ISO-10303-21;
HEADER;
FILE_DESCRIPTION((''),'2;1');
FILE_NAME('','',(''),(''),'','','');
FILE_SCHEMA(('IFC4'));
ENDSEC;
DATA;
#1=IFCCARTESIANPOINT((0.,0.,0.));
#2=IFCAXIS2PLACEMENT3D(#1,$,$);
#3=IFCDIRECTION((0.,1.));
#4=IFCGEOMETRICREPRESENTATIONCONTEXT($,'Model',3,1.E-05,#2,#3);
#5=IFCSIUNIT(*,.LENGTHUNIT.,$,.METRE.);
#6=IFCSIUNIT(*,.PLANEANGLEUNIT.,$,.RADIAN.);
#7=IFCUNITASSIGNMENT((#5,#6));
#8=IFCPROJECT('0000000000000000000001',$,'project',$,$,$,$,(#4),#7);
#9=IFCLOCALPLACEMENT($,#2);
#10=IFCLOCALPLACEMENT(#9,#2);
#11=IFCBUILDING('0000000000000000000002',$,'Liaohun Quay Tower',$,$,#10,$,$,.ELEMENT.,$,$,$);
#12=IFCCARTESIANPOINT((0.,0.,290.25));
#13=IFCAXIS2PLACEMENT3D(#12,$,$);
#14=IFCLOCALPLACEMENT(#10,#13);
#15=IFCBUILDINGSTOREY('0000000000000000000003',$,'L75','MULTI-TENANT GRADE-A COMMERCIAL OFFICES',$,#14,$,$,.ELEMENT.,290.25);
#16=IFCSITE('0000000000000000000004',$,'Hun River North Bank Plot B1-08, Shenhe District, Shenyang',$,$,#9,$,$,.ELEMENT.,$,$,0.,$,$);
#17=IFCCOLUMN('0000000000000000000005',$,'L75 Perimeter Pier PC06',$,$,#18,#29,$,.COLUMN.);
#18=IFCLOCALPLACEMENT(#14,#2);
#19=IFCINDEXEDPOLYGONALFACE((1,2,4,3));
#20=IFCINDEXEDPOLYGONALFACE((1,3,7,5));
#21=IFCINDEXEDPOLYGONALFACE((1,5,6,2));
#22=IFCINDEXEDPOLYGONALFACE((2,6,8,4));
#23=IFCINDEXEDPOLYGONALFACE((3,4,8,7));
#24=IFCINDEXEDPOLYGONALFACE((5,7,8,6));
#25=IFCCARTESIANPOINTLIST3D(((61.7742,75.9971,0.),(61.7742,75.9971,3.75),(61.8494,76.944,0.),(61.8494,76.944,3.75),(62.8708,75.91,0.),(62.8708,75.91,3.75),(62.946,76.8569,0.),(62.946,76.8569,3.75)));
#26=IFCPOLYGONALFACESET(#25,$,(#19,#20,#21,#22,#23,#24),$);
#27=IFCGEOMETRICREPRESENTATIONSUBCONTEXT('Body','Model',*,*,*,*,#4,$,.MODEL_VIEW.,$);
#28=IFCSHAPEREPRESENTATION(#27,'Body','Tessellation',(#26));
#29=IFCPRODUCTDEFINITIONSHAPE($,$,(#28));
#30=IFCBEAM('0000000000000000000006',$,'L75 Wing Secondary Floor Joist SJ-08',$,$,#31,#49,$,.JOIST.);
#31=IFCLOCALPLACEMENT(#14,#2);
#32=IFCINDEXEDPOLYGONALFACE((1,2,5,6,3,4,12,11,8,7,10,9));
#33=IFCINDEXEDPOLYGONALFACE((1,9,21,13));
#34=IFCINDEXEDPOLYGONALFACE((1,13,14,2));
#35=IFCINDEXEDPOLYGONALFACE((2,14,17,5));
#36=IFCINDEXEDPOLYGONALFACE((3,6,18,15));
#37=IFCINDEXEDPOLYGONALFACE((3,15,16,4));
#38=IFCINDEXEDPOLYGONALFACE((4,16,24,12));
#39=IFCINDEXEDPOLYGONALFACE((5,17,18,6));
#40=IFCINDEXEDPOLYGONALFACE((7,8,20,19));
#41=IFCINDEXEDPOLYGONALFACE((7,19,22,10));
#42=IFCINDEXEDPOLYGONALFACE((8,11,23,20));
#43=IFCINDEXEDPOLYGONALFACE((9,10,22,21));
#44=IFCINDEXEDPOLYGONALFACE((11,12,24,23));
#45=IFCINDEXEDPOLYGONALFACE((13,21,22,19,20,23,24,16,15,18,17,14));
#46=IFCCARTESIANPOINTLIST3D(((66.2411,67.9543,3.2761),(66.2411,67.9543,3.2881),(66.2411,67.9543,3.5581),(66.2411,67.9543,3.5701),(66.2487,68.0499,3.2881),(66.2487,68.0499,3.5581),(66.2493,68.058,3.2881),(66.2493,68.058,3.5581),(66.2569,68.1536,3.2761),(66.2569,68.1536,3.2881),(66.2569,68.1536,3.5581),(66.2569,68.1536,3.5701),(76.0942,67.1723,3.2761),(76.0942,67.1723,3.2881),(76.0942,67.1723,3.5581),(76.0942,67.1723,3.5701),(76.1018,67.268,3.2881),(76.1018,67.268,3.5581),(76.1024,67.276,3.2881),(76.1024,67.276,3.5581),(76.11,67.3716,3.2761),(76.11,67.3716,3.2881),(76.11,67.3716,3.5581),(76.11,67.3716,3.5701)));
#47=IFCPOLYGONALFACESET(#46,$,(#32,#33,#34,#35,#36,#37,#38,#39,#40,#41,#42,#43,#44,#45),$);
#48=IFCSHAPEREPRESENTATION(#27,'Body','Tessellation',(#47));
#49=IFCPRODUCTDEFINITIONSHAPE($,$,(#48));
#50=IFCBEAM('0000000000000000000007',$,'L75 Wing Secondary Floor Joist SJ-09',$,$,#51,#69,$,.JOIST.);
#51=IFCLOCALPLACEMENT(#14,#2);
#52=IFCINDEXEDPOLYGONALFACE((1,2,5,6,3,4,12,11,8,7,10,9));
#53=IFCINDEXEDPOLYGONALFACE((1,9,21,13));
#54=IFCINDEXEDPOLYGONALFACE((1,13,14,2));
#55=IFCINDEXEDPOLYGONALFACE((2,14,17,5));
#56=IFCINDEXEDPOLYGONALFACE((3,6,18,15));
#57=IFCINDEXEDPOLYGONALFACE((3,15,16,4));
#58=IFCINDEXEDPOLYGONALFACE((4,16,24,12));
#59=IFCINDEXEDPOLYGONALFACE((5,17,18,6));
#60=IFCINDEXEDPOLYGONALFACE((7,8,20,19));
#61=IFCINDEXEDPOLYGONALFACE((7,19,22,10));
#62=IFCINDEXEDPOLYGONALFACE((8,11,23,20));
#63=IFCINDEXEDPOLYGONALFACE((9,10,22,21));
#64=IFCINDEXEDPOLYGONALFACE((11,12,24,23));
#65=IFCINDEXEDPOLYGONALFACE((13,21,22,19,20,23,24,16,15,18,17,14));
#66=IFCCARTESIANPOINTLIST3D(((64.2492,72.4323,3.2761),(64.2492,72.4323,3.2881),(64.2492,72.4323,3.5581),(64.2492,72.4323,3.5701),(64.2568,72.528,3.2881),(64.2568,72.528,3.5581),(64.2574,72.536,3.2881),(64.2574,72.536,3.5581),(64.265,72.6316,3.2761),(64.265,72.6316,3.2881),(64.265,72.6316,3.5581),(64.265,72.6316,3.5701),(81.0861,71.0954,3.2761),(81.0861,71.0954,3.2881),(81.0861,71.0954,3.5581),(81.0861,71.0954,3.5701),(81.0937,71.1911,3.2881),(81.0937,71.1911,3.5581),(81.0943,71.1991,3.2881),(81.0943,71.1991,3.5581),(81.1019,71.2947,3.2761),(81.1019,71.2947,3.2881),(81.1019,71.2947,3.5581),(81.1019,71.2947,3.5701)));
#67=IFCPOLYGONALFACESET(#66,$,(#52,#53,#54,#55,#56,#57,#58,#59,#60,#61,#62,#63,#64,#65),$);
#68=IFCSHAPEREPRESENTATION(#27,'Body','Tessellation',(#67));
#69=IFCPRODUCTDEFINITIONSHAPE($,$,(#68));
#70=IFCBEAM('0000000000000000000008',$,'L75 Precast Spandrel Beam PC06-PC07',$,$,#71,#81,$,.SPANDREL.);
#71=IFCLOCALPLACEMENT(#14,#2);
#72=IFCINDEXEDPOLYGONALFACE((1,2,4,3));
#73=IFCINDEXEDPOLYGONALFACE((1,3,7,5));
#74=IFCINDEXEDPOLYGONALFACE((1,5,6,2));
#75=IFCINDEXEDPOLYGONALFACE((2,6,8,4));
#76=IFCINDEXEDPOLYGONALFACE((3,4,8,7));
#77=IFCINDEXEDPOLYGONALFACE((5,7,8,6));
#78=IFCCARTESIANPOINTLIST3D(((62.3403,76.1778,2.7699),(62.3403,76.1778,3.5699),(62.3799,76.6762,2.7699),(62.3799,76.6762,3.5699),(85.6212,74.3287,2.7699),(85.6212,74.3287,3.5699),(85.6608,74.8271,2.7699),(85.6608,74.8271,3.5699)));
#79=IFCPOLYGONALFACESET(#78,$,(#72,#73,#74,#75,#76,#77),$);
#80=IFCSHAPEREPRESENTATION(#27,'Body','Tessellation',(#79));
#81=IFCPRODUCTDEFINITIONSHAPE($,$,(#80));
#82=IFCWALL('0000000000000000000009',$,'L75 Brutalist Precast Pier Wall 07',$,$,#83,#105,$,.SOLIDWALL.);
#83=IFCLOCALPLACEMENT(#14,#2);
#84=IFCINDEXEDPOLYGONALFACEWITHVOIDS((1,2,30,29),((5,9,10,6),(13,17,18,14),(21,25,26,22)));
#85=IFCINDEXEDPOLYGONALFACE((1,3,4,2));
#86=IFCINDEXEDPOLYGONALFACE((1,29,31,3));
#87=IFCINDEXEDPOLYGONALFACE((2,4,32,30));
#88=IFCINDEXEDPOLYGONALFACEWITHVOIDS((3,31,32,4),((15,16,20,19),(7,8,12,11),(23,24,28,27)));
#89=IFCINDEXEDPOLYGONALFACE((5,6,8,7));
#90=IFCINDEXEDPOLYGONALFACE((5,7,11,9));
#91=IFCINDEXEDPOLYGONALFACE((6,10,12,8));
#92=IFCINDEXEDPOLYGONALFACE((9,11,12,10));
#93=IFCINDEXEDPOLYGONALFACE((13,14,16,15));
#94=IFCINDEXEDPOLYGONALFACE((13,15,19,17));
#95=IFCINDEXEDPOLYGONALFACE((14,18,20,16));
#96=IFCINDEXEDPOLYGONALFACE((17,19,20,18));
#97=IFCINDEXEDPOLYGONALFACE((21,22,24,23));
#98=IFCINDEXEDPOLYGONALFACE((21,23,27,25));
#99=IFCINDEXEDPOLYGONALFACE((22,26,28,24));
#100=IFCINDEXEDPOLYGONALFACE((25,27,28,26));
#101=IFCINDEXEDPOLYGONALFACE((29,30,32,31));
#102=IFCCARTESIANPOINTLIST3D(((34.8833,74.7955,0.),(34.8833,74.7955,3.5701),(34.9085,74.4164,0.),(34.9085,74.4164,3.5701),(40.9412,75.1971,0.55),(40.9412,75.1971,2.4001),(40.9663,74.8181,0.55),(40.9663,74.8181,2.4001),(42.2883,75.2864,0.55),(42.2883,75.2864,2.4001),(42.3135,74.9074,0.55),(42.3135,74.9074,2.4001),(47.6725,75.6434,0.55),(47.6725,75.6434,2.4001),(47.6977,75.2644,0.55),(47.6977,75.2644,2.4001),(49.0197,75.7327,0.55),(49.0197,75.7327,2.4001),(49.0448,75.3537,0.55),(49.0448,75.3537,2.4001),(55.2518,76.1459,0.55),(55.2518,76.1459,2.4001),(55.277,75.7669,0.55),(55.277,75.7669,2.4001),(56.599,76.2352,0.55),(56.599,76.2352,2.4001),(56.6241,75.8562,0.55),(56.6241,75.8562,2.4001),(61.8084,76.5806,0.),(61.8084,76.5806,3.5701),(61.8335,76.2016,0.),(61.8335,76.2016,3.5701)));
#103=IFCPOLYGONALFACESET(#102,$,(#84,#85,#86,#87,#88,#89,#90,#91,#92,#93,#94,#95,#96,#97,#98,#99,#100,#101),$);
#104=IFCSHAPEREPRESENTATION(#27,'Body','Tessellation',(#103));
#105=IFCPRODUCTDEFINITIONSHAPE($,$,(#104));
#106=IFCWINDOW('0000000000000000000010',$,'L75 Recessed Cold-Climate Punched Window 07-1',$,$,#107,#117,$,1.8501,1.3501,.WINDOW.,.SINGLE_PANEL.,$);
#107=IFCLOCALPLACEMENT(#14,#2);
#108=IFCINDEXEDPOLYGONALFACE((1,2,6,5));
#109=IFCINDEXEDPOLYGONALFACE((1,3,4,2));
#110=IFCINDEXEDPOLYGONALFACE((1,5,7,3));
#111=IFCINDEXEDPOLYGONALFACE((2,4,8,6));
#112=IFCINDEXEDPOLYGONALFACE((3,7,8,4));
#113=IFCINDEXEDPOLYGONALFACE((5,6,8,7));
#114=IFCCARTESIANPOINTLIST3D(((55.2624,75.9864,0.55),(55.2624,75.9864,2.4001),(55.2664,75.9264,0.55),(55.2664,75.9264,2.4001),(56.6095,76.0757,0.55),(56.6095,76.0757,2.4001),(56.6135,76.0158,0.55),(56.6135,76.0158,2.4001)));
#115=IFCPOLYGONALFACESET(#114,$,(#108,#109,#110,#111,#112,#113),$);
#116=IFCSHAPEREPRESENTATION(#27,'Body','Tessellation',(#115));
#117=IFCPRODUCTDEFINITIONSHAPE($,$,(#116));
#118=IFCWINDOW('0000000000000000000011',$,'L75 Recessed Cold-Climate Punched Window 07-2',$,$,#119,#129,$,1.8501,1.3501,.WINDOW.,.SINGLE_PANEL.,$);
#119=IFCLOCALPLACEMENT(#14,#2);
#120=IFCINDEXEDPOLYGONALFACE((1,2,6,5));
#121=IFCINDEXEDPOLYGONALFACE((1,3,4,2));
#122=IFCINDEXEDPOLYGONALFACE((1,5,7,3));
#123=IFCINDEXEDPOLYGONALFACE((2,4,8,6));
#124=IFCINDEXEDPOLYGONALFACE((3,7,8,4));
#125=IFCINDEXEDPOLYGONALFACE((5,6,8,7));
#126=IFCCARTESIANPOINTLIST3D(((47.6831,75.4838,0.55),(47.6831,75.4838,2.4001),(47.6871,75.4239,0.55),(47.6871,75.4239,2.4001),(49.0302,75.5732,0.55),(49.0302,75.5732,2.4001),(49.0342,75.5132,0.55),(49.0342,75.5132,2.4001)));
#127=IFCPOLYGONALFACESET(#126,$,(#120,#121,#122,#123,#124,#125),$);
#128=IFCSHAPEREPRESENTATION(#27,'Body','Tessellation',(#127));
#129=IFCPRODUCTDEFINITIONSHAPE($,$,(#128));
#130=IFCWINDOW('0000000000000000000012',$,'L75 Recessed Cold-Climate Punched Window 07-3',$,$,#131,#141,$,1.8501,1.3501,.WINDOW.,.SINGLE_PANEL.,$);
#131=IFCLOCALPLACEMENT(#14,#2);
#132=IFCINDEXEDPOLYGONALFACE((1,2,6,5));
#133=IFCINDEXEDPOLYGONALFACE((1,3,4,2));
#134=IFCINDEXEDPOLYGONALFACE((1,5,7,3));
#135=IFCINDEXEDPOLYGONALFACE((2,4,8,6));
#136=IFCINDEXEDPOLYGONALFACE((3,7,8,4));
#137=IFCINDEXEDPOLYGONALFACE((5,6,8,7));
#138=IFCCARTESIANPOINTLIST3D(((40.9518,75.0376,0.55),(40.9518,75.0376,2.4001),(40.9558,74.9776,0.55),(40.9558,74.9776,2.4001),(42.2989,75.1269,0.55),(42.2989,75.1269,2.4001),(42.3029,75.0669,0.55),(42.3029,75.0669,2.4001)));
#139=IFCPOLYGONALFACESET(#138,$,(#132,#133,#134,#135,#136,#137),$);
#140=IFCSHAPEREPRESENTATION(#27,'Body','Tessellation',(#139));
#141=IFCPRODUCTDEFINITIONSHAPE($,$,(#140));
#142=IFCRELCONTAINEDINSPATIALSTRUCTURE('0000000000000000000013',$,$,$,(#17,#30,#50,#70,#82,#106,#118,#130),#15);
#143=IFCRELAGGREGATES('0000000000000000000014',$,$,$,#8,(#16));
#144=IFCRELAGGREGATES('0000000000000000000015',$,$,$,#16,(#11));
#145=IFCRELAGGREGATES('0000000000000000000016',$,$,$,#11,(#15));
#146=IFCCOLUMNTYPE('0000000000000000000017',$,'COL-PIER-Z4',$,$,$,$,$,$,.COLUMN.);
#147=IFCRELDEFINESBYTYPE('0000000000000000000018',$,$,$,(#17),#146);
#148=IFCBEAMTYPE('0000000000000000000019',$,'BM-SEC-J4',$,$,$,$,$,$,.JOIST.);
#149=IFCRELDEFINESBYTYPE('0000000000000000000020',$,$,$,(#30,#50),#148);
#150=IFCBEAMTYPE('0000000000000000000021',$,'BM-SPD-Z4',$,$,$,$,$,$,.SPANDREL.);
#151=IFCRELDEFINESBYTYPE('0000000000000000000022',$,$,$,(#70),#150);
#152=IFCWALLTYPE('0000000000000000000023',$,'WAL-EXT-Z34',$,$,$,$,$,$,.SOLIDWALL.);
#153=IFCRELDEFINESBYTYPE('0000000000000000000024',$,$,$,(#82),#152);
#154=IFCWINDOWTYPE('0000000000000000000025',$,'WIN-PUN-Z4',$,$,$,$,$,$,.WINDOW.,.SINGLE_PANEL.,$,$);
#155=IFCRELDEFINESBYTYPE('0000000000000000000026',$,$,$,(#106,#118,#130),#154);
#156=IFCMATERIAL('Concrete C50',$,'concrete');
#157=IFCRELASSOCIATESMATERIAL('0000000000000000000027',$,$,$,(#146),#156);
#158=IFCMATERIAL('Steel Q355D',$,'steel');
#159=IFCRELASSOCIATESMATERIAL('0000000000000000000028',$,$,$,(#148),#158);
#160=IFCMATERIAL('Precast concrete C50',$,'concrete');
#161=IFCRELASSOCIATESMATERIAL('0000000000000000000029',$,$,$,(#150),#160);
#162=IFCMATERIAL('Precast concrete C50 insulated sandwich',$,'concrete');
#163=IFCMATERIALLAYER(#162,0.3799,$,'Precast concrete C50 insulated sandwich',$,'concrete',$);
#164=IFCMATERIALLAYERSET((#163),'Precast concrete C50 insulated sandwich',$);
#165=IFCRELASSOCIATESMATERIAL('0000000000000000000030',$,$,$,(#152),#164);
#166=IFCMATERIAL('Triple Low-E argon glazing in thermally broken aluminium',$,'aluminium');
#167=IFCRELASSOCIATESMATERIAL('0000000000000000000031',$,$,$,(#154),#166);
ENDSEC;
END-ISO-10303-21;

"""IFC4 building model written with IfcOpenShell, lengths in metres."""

from ifc_helpers import new_model, si_unit, direction, frame, frame_2d, origin, origin_2d, place, context, subcontext, project, spatial, rectangle, i_section, extrude, source, transform, mapped, material, layer, layer_set, material_profile, profile_set, type_object, element, fill, save


model = new_model("IFC4")

# Units and contexts
model_context = context("Model", 3, precision=1e-05, world=origin(), true_north=direction((0.0, 1.0)))
body_context = subcontext(model_context, "Body", "Model", "MODEL_VIEW")
ifc_project = project(units=[si_unit("LENGTHUNIT", "METRE"), si_unit("PLANEANGLEUNIT", "RADIAN")], contexts=[model_context])

# Site, building, storey
site_placement = place(None, origin())
site = spatial("IfcSite", under=ifc_project, at=site_placement, Name="Hun River North Bank Plot B1-08, Shenhe District, Shenyang", CompositionType="ELEMENT", RefElevation=0.0)
building_placement = place(site_placement, origin())
building = spatial("IfcBuilding", under=site, at=building_placement, Name="Liaohun Quay Tower", CompositionType="ELEMENT")
storey_placement = place(building_placement, frame((0.0, 0.0, 290.25)))
storey = spatial("IfcBuildingStorey", under=building, at=storey_placement, Name="L75", Description="MULTI-TENANT GRADE-A COMMERCIAL OFFICES", CompositionType="ELEMENT", Elevation=290.25)

# Column
ifc_material_1 = material(Name="Concrete C50", Category="concrete")
ifc_material_profile_1 = material_profile(ifc_material_1, rectangle(XDim=1.1001, YDim=0.95, at=origin_2d()), Name="RC1100x950")
ifc_profile_set_1 = profile_set([ifc_material_profile_1], Name="Concrete C50")
column_type = type_object("IfcColumnType", Name="COL-PIER-Z4", PredefinedType="COLUMN", material=ifc_profile_set_1)
shared_shape_1 = source(origin(), body_context, "Body", "SweptSolid", [
    extrude(rectangle(XDim=1.1001, YDim=0.95, at=origin_2d()), origin(), (0.0, 0.0, 1.0), 3.75),
])
column_placement = place(storey_placement, frame((62.3601, 76.427, 0.0), z_axis=(0.0, 0.0, 1.0), x_axis=(-0.996862, 0.079155, 0.0)))
element("IfcColumn", 1, at=column_placement, inside=storey, type_object=column_type, Name="L75 Perimeter Pier PC06", PredefinedType="COLUMN", context=body_context, shape_type="MappedRepresentation", body=[
    mapped(shared_shape_1, transform((0.0, 0.0, 0.0), x_axis=(1.0, 0.0, 0.0), y_axis=(0.0, 1.0, 0.0), z_axis=(0.0, 0.0, 1.0), scale=1.0)),
])

# Beams
ifc_material_2 = material(Name="Steel Q355D", Category="steel")
ifc_material_profile_2 = material_profile(ifc_material_2, i_section(OverallWidth=0.2, OverallDepth=0.2939, WebThickness=0.0081, FlangeThickness=0.012, at=origin_2d()), Name="HM294x200x8x12")
ifc_profile_set_2 = profile_set([ifc_material_profile_2], Name="Steel Q355D")
beam_type_1 = type_object("IfcBeamType", Name="BM-SEC-J4", PredefinedType="JOIST", material=ifc_profile_set_2)
shared_shape_2 = source(origin(), body_context, "Body", "SweptSolid", [
    extrude(i_section(OverallWidth=0.2, OverallDepth=0.2939, WebThickness=0.0081, FlangeThickness=0.012, at=origin_2d()), origin(), (0.0, 0.0, 1.0), 9.884),
])
beam_1_placement = place(storey_placement, frame((66.249, 68.054, 3.4231), z_axis=(0.996865, -0.079116, 0.0), x_axis=(0.079116, 0.996865, 0.0)))
element("IfcBeam", 2, at=beam_1_placement, inside=storey, type_object=beam_type_1, Name="L75 Wing Secondary Floor Joist SJ-08", PredefinedType="JOIST", context=body_context, shape_type="MappedRepresentation", body=[
    mapped(shared_shape_2, transform((0.0, 0.0, 0.0), x_axis=(1.0, 0.0, 0.0), y_axis=(0.0, 1.0, 0.0), z_axis=(0.0, 0.0, 1.0), scale=1.0)),
])
shared_shape_3 = source(origin(), body_context, "Body", "SweptSolid", [
    extrude(i_section(OverallWidth=0.2, OverallDepth=0.2939, WebThickness=0.0081, FlangeThickness=0.012, at=origin_2d()), origin(), (0.0, 0.0, 1.0), 16.8899),
])
beam_2_placement = place(storey_placement, frame((64.2571, 72.532, 3.4231), z_axis=(0.996862, -0.079155, 0.0), x_axis=(0.079155, 0.996862, 0.0)))
element("IfcBeam", 3, at=beam_2_placement, inside=storey, type_object=beam_type_1, Name="L75 Wing Secondary Floor Joist SJ-09", PredefinedType="JOIST", context=body_context, shape_type="MappedRepresentation", body=[
    mapped(shared_shape_3, transform((0.0, 0.0, 0.0), x_axis=(1.0, 0.0, 0.0), y_axis=(0.0, 1.0, 0.0), z_axis=(0.0, 0.0, 1.0), scale=1.0)),
])
ifc_material_3 = material(Name="Precast concrete C50", Category="concrete")
ifc_material_profile_3 = material_profile(ifc_material_3, rectangle(XDim=0.5, YDim=0.8, at=origin_2d()), Name="RC500x800")
ifc_profile_set_3 = profile_set([ifc_material_profile_3], Name="Precast concrete C50")
beam_type_2 = type_object("IfcBeamType", Name="BM-SPD-Z4", PredefinedType="SPANDREL", material=ifc_profile_set_3)
shared_shape_4 = source(origin(), body_context, "Body", "SweptSolid", [
    extrude(rectangle(XDim=0.5, YDim=0.8, at=origin_2d()), origin(), (0.0, 0.0, 1.0), 23.3542),
])
beam_3_placement = place(storey_placement, frame((62.3601, 76.427, 3.1699), z_axis=(0.996861, -0.079177, 0.0), x_axis=(0.079177, 0.996861, 0.0)))
element("IfcBeam", 4, at=beam_3_placement, inside=storey, type_object=beam_type_2, Name="L75 Precast Spandrel Beam PC06-PC07", PredefinedType="SPANDREL", context=body_context, shape_type="MappedRepresentation", body=[
    mapped(shared_shape_4, transform((0.0, 0.0, 0.0), x_axis=(1.0, 0.0, 0.0), y_axis=(0.0, 1.0, 0.0), z_axis=(0.0, 0.0, 1.0), scale=1.0)),
])

# Wall, openings, windows
ifc_material_4 = material(Name="Precast concrete C50 insulated sandwich", Category="concrete")
ifc_layer_1 = layer(ifc_material_4, 0.3799, Name="Precast concrete C50 insulated sandwich", Category="concrete")
ifc_layer_set_1 = layer_set([ifc_layer_1], Name="Precast concrete C50 insulated sandwich")
wall_type_1 = type_object("IfcWallType", Name="WAL-EXT-Z34", PredefinedType="SOLIDWALL", material=ifc_layer_set_1)
wall_1_placement = place(storey_placement, frame((61.821, 76.3911, 0.0), z_axis=(0.0, 0.0, 1.0), x_axis=(-0.997809, -0.066156, 0.0)))
wall_1 = element("IfcWall", 5, at=wall_1_placement, inside=storey, type_object=wall_type_1, Name="L75 Brutalist Precast Pier Wall 07", PredefinedType="SOLIDWALL", context=body_context, shape_type="SweptSolid", body=[
    extrude(rectangle(XDim=26.9841, YDim=0.3799, at=frame_2d((13.4922, 0.0))), origin(), (0.0, 0.0, 1.0), 3.5701),
])
shared_shape_5 = source(origin(), body_context, "Body", "SweptSolid", [
    extrude(rectangle(XDim=1.3501, YDim=1.8501, at=frame_2d((0.675, 0.925))), frame((0.0, 0.2, 0.0), z_axis=(0.0, -1.0, 0.0), x_axis=(1.0, 0.0, 0.0)), (0.0, 0.0, 1.0), 0.3999),
])
opening_1_placement = place(wall_1_placement, frame((5.2209, 0.0, 0.55)))
opening_1 = element("IfcOpeningElement", 6, at=opening_1_placement, cuts=wall_1, PredefinedType="OPENING", context=body_context, shape_type="MappedRepresentation", body=[
    mapped(shared_shape_5, transform((0.0, 0.0, 0.0), x_axis=(1.0, 0.0, 0.0), y_axis=(0.0, 1.0, 0.0), z_axis=(0.0, 0.0, 1.0), scale=1.0)),
])
opening_2_placement = place(wall_1_placement, frame((12.8169, 0.0, 0.55)))
opening_2 = element("IfcOpeningElement", 7, at=opening_2_placement, cuts=wall_1, PredefinedType="OPENING", context=body_context, shape_type="MappedRepresentation", body=[
    mapped(shared_shape_5, transform((0.0, 0.0, 0.0), x_axis=(1.0, 0.0, 0.0), y_axis=(0.0, 1.0, 0.0), z_axis=(0.0, 0.0, 1.0), scale=1.0)),
])
opening_3_placement = place(wall_1_placement, frame((19.563, 0.0, 0.55)))
opening_3 = element("IfcOpeningElement", 8, at=opening_3_placement, cuts=wall_1, PredefinedType="OPENING", context=body_context, shape_type="MappedRepresentation", body=[
    mapped(shared_shape_5, transform((0.0, 0.0, 0.0), x_axis=(1.0, 0.0, 0.0), y_axis=(0.0, 1.0, 0.0), z_axis=(0.0, 0.0, 1.0), scale=1.0)),
])
ifc_material_5 = material(Name="Triple Low-E argon glazing in thermally broken aluminium", Category="aluminium")
window_type = type_object("IfcWindowType", Name="WIN-PUN-Z4", PartitioningType="SINGLE_PANEL", PredefinedType="WINDOW", material=ifc_material_5)
shared_shape_6 = source(origin(), body_context, "Body", "SweptSolid", [
    extrude(rectangle(XDim=1.3501, YDim=1.8501, at=frame_2d((0.675, 0.925))), frame((0.0, 0.03, 0.0), z_axis=(0.0, -1.0, 0.0), x_axis=(1.0, 0.0, 0.0)), (0.0, 0.0, 1.0), 0.0601),
])
window_1_placement = place(opening_1_placement, origin())
window_1 = element("IfcWindow", 9, at=window_1_placement, inside=storey, type_object=window_type, Name="L75 Recessed Cold-Climate Punched Window 07-1", OverallHeight=1.8501, OverallWidth=1.3501, PartitioningType="SINGLE_PANEL", PredefinedType="WINDOW", context=body_context, shape_type="MappedRepresentation", body=[
    mapped(shared_shape_6, transform((0.0, 0.0, 0.0), x_axis=(1.0, 0.0, 0.0), y_axis=(0.0, 1.0, 0.0), z_axis=(0.0, 0.0, 1.0), scale=1.0)),
])
fill(opening_1, window_1)
window_2_placement = place(opening_2_placement, origin())
window_2 = element("IfcWindow", 10, at=window_2_placement, inside=storey, type_object=window_type, Name="L75 Recessed Cold-Climate Punched Window 07-2", OverallHeight=1.8501, OverallWidth=1.3501, PartitioningType="SINGLE_PANEL", PredefinedType="WINDOW", context=body_context, shape_type="MappedRepresentation", body=[
    mapped(shared_shape_6, transform((0.0, 0.0, 0.0), x_axis=(1.0, 0.0, 0.0), y_axis=(0.0, 1.0, 0.0), z_axis=(0.0, 0.0, 1.0), scale=1.0)),
])
fill(opening_2, window_2)
window_3_placement = place(opening_3_placement, origin())
window_3 = element("IfcWindow", 11, at=window_3_placement, inside=storey, type_object=window_type, Name="L75 Recessed Cold-Climate Punched Window 07-3", OverallHeight=1.8501, OverallWidth=1.3501, PartitioningType="SINGLE_PANEL", PredefinedType="WINDOW", context=body_context, shape_type="MappedRepresentation", body=[
    mapped(shared_shape_6, transform((0.0, 0.0, 0.0), x_axis=(1.0, 0.0, 0.0), y_axis=(0.0, 1.0, 0.0), z_axis=(0.0, 0.0, 1.0), scale=1.0)),
])
fill(opening_3, window_3)

save(model, "model.ifc")
